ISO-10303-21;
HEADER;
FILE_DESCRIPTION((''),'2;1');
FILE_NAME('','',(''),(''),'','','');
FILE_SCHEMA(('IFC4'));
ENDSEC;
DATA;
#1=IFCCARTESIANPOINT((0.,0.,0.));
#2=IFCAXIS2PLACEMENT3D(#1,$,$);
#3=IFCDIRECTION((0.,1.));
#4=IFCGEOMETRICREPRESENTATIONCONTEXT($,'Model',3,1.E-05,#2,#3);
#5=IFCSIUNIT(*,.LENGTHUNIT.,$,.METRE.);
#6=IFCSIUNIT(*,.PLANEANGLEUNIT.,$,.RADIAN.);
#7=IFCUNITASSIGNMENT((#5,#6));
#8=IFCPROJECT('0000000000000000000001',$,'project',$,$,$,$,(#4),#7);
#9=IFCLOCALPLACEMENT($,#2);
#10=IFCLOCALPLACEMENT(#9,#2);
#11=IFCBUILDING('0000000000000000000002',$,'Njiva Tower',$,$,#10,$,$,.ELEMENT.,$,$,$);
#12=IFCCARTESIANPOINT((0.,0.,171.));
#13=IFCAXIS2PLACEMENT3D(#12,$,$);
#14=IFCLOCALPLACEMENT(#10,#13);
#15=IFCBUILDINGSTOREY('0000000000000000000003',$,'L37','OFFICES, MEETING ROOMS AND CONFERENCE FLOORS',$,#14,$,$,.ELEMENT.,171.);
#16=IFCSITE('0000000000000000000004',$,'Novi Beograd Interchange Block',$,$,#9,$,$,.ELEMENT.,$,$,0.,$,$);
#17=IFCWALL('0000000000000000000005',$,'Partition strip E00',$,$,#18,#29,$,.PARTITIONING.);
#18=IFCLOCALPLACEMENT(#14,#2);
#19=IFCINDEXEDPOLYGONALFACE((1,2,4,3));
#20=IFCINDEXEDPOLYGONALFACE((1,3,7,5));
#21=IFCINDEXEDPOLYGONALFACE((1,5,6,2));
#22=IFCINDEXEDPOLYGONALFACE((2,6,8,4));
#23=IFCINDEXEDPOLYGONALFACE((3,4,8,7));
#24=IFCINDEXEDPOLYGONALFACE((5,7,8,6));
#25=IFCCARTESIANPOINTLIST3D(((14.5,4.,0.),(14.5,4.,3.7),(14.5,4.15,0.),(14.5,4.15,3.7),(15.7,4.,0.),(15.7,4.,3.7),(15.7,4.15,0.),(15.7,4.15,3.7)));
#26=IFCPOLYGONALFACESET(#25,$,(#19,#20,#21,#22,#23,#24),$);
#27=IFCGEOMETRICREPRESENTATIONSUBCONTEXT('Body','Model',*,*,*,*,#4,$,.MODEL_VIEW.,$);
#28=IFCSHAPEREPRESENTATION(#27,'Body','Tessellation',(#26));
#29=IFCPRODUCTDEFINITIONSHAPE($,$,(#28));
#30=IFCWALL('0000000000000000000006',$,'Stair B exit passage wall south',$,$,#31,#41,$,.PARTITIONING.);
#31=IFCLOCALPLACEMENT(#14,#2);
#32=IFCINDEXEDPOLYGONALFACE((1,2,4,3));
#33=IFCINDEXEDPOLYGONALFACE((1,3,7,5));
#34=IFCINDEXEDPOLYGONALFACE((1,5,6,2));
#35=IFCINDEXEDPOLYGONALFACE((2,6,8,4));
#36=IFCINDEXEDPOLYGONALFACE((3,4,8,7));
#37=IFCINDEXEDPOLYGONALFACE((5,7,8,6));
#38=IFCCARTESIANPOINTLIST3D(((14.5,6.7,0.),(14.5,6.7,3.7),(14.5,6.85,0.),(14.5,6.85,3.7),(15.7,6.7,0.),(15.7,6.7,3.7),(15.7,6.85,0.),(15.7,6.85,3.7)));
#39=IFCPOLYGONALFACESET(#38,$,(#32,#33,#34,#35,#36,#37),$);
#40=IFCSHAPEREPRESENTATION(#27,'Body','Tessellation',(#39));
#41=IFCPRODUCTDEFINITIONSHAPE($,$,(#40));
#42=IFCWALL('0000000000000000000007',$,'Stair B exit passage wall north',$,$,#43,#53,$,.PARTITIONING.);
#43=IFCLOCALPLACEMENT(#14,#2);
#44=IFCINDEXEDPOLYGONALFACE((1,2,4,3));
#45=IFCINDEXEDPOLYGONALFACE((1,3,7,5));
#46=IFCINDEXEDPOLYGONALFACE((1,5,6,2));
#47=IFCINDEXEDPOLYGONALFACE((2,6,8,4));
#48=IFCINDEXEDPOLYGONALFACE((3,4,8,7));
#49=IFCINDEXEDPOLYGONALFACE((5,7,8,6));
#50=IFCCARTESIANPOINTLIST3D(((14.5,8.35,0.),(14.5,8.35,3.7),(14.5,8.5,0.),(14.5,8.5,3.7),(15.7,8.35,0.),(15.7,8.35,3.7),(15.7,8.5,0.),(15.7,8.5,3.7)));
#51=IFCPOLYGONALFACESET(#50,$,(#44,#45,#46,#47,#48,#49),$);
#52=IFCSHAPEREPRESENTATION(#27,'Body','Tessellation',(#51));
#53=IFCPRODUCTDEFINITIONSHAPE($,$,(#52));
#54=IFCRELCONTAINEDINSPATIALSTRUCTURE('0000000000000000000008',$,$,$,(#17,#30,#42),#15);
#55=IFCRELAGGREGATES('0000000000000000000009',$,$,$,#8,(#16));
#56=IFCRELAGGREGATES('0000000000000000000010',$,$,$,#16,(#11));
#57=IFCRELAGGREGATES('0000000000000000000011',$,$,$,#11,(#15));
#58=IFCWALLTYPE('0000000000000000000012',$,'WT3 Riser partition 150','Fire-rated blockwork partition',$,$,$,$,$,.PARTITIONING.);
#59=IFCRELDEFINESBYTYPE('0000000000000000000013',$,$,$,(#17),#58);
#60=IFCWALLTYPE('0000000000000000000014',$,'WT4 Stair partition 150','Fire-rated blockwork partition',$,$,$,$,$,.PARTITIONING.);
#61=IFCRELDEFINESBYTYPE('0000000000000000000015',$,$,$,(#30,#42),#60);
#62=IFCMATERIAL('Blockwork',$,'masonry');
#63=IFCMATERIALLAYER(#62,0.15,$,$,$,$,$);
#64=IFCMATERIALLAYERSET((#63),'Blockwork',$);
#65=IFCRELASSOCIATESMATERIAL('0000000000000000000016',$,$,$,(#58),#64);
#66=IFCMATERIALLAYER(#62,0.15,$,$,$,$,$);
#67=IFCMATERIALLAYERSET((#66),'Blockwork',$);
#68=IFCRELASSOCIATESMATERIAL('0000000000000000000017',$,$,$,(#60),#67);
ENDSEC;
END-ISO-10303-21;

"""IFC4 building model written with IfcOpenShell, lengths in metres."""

from ifc_helpers import new_model, si_unit, direction, frame, frame_2d, origin, place, context, subcontext, project, spatial, rectangle, extrude, material, layer, layer_set, type_object, element, save


model = new_model("IFC4")

# Units and contexts
model_context = context("Model", 3, precision=1e-05, world=origin(), true_north=direction((0.0, 1.0)))
body_context = subcontext(model_context, "Body", "Model", "MODEL_VIEW")
ifc_project = project(units=[si_unit("LENGTHUNIT", "METRE"), si_unit("PLANEANGLEUNIT", "RADIAN")], contexts=[model_context])

# Site, building, storey
site_placement = place(None, origin())
site = spatial("IfcSite", under=ifc_project, at=site_placement, Name="Novi Beograd Interchange Block", CompositionType="ELEMENT", RefElevation=0.0)
building_placement = place(site_placement, origin())
building = spatial("IfcBuilding", under=site, at=building_placement, Name="Njiva Tower", CompositionType="ELEMENT")
storey_placement = place(building_placement, frame((0.0, 0.0, 171.0)))
storey = spatial("IfcBuildingStorey", under=building, at=storey_placement, Name="L37", Description="OFFICES, MEETING ROOMS AND CONFERENCE FLOORS", CompositionType="ELEMENT", Elevation=171.0)

# Walls
ifc_material_1 = material(Name="Blockwork", Category="masonry")
ifc_layer_1 = layer(ifc_material_1, 0.15)
ifc_layer_set_1 = layer_set([ifc_layer_1], Name="Blockwork")
wall_type_1 = type_object("IfcWallType", Name="WT3 Riser partition 150", Description="Fire-rated blockwork partition", PredefinedType="PARTITIONING", material=ifc_layer_set_1)
wall_1_placement = place(storey_placement, frame((14.5, 4.075, 0.0), z_axis=(0.0, 0.0, 1.0), x_axis=(1.0, 0.0, 0.0)))
element("IfcWall", 1, at=wall_1_placement, inside=storey, type_object=wall_type_1, Name="Partition strip E00", PredefinedType="PARTITIONING", context=body_context, shape_type="SweptSolid", body=[
    extrude(rectangle(XDim=1.2, YDim=0.15, at=frame_2d((0.6, 0.0))), origin(), (0.0, 0.0, 1.0), 3.7),
])
ifc_layer_2 = layer(ifc_material_1, 0.15)
ifc_layer_set_2 = layer_set([ifc_layer_2], Name="Blockwork")
wall_type_2 = type_object("IfcWallType", Name="WT4 Stair partition 150", Description="Fire-rated blockwork partition", PredefinedType="PARTITIONING", material=ifc_layer_set_2)
for number, where, z_axis, x_axis, name in (
    (2, (14.5, 6.775, 0.0), (0.0, 0.0, 1.0), (1.0, 0.0, 0.0), "Stair B exit passage wall south"),
    (3, (14.5, 8.425, 0.0), (0.0, 0.0, 1.0), (1.0, 0.0, 0.0), "Stair B exit passage wall north"),
):
    element("IfcWall", number, at=place(storey_placement, frame(where, z_axis=z_axis, x_axis=x_axis)), inside=storey, type_object=wall_type_2, Name=name, PredefinedType="PARTITIONING", context=body_context, shape_type="SweptSolid", body=[
        extrude(rectangle(XDim=1.2, YDim=0.15, at=frame_2d((0.6, 0.0))), origin(), (0.0, 0.0, 1.0), 3.7),
    ])

save(model, "model.ifc")
